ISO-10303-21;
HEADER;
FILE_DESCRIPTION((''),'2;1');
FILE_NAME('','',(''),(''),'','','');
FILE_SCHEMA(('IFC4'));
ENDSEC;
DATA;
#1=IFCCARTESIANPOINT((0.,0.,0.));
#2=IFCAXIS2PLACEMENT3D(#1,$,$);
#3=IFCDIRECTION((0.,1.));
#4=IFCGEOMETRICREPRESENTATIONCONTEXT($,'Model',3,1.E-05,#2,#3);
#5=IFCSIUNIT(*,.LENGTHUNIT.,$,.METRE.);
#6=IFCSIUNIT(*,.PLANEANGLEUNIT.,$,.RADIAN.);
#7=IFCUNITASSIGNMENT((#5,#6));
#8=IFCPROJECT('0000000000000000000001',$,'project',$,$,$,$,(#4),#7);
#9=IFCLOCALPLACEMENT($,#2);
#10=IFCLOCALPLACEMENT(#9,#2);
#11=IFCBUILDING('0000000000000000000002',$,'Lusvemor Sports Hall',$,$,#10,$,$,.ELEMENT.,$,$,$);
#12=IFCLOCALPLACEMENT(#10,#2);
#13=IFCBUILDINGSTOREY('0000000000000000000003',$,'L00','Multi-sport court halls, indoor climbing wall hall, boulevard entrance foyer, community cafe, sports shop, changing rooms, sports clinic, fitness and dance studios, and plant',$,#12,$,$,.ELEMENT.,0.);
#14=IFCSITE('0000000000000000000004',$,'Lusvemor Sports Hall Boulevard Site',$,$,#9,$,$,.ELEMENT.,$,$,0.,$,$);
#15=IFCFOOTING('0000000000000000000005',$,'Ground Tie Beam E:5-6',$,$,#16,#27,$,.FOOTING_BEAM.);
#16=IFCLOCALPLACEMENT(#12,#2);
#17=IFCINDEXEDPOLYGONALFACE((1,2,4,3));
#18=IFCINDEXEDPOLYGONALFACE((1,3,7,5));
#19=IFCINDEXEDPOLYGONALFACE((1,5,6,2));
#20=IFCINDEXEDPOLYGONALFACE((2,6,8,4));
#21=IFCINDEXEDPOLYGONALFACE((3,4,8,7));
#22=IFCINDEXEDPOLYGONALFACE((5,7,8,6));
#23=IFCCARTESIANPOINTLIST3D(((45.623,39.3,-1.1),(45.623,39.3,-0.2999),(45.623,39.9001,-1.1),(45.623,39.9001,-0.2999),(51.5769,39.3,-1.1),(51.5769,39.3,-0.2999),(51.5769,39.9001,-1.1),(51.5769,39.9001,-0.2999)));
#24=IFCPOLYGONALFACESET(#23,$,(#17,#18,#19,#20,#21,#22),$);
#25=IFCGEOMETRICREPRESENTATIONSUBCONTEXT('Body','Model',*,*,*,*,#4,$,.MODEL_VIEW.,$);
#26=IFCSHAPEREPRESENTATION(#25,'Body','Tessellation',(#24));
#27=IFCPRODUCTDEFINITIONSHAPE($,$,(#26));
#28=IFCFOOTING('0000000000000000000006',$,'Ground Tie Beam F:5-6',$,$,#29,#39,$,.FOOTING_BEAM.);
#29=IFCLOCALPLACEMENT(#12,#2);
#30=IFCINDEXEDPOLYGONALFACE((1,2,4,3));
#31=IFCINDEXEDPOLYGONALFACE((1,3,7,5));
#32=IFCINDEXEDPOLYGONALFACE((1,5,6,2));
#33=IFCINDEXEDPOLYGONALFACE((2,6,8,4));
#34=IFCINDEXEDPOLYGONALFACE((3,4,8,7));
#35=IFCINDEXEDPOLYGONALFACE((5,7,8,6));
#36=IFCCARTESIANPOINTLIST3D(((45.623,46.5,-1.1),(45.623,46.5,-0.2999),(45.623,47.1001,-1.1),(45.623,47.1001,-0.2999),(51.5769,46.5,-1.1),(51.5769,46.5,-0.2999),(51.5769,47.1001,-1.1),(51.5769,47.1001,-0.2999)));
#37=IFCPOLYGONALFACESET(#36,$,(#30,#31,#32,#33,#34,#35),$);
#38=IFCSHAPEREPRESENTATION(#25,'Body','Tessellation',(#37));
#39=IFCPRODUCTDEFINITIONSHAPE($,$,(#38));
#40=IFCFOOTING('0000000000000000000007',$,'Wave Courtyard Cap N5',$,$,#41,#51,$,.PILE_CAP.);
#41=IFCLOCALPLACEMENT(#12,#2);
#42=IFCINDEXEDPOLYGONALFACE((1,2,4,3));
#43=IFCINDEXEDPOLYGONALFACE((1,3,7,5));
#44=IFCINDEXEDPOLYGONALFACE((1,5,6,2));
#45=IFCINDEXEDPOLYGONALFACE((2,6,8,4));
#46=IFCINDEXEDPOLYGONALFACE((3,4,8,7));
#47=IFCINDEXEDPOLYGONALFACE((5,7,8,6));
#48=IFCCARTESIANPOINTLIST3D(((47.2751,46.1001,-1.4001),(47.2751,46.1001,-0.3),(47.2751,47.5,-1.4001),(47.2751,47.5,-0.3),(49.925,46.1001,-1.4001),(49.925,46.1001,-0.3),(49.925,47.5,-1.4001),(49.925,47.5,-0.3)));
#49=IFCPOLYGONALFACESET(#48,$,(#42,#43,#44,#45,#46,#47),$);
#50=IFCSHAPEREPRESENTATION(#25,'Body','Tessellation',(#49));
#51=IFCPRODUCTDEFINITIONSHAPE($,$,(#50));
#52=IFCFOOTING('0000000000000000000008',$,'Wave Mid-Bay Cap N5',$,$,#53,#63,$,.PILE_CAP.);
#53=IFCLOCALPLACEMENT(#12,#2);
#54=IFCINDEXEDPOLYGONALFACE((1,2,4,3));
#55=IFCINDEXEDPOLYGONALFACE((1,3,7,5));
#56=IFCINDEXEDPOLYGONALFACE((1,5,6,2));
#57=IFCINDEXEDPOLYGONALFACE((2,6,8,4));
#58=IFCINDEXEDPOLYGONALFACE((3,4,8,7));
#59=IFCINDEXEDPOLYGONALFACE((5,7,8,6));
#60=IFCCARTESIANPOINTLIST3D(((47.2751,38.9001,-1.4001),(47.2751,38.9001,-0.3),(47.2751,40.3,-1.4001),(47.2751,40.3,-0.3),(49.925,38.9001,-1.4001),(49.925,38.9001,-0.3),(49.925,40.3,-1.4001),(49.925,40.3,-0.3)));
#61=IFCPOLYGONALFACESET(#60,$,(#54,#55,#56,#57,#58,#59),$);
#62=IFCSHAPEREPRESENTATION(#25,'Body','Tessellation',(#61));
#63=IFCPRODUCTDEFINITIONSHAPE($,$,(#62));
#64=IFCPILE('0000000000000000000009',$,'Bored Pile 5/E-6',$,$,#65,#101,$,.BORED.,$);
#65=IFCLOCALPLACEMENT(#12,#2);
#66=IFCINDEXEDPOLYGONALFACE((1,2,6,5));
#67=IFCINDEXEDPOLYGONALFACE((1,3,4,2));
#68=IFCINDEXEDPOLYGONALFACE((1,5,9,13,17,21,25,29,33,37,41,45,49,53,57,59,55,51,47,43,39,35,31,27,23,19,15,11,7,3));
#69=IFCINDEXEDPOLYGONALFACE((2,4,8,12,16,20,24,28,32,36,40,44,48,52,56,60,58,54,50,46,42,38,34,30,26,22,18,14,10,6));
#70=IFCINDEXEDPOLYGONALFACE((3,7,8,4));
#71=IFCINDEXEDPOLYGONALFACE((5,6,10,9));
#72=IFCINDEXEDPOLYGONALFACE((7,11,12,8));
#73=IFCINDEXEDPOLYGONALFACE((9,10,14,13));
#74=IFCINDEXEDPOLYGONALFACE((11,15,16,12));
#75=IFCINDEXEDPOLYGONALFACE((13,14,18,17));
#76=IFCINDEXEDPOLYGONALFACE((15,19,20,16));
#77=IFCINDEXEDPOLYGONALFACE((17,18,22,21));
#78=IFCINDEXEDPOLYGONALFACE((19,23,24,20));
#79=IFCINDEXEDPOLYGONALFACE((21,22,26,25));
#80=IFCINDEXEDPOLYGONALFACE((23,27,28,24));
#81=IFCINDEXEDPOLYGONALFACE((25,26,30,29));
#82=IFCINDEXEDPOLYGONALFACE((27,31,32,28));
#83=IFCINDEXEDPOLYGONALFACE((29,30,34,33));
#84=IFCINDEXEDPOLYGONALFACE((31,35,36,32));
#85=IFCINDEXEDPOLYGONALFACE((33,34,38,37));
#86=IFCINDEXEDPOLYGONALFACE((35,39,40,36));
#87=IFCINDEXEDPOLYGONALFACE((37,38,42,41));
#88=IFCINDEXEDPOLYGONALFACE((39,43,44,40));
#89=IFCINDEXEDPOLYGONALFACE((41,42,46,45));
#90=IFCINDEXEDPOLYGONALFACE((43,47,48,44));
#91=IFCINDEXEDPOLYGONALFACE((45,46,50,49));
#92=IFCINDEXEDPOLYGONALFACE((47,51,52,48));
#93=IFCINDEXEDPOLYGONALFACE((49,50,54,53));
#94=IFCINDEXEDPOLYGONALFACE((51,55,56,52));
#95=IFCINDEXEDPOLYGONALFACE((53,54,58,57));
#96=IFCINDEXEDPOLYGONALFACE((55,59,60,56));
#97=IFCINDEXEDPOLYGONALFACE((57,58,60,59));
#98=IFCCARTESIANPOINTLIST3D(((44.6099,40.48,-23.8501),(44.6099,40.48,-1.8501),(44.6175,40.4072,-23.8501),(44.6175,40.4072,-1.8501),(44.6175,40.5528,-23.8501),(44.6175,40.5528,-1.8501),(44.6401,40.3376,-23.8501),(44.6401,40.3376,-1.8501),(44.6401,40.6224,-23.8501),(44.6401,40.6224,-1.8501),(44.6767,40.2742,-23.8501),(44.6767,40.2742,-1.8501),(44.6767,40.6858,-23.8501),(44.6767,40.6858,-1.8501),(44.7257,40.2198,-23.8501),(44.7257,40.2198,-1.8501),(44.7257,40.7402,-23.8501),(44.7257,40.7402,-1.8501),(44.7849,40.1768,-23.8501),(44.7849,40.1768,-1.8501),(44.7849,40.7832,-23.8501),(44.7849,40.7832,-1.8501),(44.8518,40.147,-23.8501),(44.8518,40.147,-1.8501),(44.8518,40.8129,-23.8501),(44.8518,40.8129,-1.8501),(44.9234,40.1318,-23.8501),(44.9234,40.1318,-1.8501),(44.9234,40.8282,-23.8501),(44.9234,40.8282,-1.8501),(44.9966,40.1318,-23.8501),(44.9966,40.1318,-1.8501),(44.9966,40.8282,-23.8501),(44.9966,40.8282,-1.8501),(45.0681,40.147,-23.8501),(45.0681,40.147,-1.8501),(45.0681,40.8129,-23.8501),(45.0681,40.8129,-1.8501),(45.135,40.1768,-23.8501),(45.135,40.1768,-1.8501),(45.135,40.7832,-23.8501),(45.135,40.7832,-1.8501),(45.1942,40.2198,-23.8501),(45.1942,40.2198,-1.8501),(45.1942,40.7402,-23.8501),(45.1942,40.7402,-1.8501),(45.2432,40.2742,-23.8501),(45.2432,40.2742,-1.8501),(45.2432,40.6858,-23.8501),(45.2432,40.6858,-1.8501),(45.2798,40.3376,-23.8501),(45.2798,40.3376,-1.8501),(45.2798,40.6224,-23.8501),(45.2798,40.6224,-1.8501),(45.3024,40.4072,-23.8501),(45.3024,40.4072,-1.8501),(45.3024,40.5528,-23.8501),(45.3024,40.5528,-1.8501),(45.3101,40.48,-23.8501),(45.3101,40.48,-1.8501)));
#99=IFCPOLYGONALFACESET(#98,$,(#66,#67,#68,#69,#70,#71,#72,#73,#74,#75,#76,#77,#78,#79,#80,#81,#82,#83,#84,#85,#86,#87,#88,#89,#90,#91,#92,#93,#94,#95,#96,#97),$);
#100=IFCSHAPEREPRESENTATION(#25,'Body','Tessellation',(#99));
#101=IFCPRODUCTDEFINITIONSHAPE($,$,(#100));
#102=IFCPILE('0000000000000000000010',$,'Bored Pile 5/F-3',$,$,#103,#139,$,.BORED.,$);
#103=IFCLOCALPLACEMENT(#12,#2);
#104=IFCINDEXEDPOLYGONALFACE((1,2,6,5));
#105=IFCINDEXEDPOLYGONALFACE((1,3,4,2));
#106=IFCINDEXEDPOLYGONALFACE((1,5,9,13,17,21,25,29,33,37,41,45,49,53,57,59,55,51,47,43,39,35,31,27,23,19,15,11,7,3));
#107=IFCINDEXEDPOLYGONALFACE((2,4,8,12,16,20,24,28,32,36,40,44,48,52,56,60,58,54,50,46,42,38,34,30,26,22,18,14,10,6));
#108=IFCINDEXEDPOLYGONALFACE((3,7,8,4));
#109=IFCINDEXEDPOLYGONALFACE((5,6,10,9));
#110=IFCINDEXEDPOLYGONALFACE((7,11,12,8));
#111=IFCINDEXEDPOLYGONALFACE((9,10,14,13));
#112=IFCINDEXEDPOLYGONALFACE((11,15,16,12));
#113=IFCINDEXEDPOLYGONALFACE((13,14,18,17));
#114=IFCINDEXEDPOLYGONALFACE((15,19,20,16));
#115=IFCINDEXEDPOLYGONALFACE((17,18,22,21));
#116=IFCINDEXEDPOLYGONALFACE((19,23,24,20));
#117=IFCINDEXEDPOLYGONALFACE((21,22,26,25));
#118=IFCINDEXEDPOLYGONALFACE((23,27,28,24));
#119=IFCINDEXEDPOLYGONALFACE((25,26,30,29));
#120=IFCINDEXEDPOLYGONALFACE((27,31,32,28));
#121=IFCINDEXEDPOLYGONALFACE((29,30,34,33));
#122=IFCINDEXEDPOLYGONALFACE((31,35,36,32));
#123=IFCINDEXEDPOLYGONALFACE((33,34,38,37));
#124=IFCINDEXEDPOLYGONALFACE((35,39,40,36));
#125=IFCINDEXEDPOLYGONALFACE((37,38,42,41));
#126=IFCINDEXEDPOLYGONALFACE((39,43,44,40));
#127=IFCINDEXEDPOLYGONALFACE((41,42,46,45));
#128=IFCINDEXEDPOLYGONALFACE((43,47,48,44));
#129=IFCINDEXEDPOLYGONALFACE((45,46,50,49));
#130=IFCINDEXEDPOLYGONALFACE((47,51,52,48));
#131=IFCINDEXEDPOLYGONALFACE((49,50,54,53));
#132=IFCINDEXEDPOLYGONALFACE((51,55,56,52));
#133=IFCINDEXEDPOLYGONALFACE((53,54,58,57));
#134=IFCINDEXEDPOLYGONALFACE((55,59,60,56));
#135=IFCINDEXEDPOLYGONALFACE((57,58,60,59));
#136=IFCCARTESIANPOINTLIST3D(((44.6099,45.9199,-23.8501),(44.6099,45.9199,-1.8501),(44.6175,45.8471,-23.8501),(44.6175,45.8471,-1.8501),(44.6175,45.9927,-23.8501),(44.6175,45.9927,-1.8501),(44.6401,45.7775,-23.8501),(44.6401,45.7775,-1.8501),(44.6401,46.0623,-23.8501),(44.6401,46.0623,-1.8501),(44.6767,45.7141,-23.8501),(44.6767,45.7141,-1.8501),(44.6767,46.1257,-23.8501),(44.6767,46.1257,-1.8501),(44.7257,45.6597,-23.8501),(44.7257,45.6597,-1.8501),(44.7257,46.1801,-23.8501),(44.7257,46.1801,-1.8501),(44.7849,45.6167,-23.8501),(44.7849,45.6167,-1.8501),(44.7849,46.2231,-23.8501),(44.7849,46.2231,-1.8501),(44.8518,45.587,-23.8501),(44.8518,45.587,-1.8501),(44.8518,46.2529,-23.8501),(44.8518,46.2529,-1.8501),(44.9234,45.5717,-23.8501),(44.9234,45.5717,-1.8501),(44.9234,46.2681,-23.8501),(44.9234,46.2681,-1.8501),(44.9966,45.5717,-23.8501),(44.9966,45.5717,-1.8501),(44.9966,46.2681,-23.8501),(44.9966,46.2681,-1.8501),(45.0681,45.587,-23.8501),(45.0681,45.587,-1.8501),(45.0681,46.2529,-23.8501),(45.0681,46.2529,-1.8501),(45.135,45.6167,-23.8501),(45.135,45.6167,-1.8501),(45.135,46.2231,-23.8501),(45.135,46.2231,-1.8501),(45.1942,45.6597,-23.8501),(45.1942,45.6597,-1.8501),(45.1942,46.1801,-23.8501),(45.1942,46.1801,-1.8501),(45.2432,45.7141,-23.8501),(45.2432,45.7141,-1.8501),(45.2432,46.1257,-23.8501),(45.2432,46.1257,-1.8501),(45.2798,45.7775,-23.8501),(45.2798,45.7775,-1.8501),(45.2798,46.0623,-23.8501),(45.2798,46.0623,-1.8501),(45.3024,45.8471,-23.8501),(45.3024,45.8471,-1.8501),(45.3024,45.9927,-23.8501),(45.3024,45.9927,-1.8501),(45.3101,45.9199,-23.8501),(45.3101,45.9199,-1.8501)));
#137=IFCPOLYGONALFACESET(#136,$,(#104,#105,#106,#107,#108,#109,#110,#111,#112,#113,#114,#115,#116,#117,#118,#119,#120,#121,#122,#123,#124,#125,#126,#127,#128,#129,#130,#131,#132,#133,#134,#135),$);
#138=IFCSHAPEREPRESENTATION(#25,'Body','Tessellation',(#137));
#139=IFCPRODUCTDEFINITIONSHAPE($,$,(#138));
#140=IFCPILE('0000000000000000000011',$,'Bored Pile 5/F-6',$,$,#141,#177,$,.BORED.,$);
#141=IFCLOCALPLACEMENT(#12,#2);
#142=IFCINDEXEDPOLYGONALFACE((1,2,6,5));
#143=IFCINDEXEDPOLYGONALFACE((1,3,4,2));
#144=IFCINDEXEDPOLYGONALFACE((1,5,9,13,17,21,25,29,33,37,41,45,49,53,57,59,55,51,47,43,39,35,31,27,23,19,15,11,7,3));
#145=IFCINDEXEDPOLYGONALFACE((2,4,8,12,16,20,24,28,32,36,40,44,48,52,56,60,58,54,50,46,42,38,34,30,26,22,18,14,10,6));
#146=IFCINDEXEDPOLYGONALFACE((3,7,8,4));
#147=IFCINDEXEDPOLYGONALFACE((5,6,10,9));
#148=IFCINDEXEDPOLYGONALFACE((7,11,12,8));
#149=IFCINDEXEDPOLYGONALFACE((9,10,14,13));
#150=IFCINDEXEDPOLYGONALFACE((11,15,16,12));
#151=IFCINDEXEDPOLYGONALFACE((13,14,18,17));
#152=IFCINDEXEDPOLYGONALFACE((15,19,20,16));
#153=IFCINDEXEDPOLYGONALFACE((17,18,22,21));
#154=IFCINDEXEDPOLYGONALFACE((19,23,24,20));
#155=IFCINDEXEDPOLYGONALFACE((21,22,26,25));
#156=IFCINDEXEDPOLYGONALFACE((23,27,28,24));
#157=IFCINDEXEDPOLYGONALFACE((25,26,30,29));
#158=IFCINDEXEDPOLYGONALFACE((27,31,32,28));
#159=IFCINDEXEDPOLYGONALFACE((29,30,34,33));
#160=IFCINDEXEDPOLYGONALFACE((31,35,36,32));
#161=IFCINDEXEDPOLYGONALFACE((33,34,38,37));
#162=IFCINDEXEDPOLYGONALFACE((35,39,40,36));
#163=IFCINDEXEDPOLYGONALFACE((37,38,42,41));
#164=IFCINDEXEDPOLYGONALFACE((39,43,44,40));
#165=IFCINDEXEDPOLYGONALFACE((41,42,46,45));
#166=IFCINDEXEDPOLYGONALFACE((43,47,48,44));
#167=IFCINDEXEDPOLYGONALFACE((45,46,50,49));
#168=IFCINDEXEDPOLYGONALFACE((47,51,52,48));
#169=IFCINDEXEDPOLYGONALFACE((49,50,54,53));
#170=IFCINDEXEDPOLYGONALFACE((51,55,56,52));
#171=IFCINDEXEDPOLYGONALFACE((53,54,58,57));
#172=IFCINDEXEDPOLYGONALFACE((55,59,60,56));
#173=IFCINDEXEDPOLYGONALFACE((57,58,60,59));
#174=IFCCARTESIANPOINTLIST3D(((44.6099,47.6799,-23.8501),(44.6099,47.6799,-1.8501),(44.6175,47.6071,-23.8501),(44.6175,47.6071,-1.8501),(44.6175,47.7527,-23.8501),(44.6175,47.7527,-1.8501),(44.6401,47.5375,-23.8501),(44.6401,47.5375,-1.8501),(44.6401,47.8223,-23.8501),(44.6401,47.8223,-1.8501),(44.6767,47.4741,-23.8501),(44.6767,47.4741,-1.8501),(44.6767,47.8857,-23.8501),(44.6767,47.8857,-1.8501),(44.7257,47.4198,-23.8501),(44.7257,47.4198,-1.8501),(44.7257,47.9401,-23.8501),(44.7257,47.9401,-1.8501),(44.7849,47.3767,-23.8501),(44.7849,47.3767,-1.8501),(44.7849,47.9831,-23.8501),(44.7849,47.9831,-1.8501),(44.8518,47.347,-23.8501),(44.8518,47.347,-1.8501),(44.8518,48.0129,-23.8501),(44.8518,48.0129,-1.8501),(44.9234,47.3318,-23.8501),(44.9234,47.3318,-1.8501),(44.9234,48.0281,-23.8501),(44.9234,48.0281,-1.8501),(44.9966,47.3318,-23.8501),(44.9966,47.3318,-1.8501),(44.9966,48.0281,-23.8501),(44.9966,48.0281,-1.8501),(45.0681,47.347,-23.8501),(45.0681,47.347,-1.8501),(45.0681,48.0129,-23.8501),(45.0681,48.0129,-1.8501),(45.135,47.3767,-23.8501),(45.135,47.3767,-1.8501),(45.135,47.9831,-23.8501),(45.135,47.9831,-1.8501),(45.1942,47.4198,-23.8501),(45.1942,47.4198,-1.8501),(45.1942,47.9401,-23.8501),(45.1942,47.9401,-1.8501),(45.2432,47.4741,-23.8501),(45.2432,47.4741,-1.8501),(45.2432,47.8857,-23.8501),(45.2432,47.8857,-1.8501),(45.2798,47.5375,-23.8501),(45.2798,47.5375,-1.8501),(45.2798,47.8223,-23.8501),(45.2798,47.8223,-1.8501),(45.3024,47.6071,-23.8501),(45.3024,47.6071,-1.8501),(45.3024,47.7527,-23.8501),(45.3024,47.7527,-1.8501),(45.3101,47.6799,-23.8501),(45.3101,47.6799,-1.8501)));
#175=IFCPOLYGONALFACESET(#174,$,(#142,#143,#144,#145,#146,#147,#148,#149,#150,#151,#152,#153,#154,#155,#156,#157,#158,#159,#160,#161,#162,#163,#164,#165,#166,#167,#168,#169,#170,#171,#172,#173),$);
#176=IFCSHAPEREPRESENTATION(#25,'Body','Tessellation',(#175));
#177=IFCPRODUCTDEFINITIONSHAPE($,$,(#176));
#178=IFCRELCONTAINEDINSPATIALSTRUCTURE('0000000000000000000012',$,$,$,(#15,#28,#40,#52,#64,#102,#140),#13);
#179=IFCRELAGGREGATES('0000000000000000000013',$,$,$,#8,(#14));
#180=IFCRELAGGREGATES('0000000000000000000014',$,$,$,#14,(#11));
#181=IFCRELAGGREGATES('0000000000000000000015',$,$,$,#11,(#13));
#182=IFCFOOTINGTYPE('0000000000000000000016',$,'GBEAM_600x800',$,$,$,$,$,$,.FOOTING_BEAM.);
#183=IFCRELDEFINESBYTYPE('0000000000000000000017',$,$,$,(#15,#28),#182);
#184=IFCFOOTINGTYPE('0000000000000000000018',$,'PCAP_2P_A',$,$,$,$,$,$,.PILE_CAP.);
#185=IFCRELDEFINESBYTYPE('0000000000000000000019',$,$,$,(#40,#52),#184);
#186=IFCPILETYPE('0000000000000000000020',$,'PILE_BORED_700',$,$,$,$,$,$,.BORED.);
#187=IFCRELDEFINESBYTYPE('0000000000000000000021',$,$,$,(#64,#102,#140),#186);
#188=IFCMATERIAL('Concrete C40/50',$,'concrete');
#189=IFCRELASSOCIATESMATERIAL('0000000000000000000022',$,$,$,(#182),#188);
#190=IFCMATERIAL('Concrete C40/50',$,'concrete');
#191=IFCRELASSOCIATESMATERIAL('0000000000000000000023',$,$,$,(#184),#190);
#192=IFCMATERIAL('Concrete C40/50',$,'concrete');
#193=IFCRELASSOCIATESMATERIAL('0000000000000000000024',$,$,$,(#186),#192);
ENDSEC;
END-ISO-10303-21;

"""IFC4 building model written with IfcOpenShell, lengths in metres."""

from ifc_helpers import new_model, si_unit, direction, frame, origin, origin_2d, place, context, subcontext, project, spatial, rectangle, circle, extrude, material, material_profile, profile_set, type_object, element, save


model = new_model("IFC4")

# Units and contexts
model_context = context("Model", 3, precision=1e-05, world=origin(), true_north=direction((0.0, 1.0)))
body_context = subcontext(model_context, "Body", "Model", "MODEL_VIEW")
ifc_project = project(units=[si_unit("LENGTHUNIT", "METRE"), si_unit("PLANEANGLEUNIT", "RADIAN")], contexts=[model_context])

# Site, building, storey
site_placement = place(None, origin())
site = spatial("IfcSite", under=ifc_project, at=site_placement, Name="Lusvemor Sports Hall Boulevard Site", CompositionType="ELEMENT", RefElevation=0.0)
building_placement = place(site_placement, origin())
building = spatial("IfcBuilding", under=site, at=building_placement, Name="Lusvemor Sports Hall", CompositionType="ELEMENT")
storey_placement = place(building_placement, origin())
storey = spatial("IfcBuildingStorey", under=building, at=storey_placement, Name="L00", Description="Multi-sport court halls, indoor climbing wall hall, boulevard entrance foyer, community cafe, sports shop, changing rooms, sports clinic, fitness and dance studios, and plant", CompositionType="ELEMENT", Elevation=0.0)

# Footings
ifc_material_1 = material(Name="Concrete C40/50", Category="concrete")
ifc_material_profile_1 = material_profile(ifc_material_1, rectangle(XDim=0.6001, YDim=0.8, at=origin_2d()), Name="GB_600x800")
ifc_profile_set_1 = profile_set([ifc_material_profile_1], Name="Concrete C40/50")
footing_type_1 = type_object("IfcFootingType", Name="GBEAM_600x800", PredefinedType="FOOTING_BEAM", material=ifc_profile_set_1)
for number, where, z_axis, x_axis, name in (
    (1, (45.623, 39.6001, -0.7), (1.0, 0.0, 0.0), (0.0, 1.0, 0.0), "Ground Tie Beam E:5-6"),
    (2, (45.623, 46.8, -0.7), (1.0, 0.0, 0.0), (0.0, 1.0, 0.0), "Ground Tie Beam F:5-6"),
):
    element("IfcFooting", number, at=place(storey_placement, frame(where, z_axis=z_axis, x_axis=x_axis)), inside=storey, type_object=footing_type_1, Name=name, PredefinedType="FOOTING_BEAM", context=body_context, shape_type="SweptSolid", body=[
        extrude(rectangle(XDim=0.6001, YDim=0.8, at=origin_2d()), origin(), (0.0, 0.0, 1.0), 5.9539),
    ])
ifc_material_2 = material(Name="Concrete C40/50", Category="concrete")
footing_type_2 = type_object("IfcFootingType", Name="PCAP_2P_A", PredefinedType="PILE_CAP", material=ifc_material_2)
for number, where, z_axis, x_axis, name in (
    (3, (48.6001, 46.8, -1.4001), (0.0, 0.0, 1.0), (1.0, 0.0, 0.0), "Wave Courtyard Cap N5"),
    (4, (48.6001, 39.6001, -1.4001), (0.0, 0.0, 1.0), (1.0, 0.0, 0.0), "Wave Mid-Bay Cap N5"),
):
    element("IfcFooting", number, at=place(storey_placement, frame(where, z_axis=z_axis, x_axis=x_axis)), inside=storey, type_object=footing_type_2, Name=name, PredefinedType="PILE_CAP", context=body_context, shape_type="SweptSolid", body=[
        extrude(rectangle(XDim=2.6499, YDim=1.3999, at=origin_2d()), origin(), (0.0, 0.0, 1.0), 1.1001),
    ])

# Piles
ifc_material_3 = material(Name="Concrete C40/50", Category="concrete")
ifc_material_profile_2 = material_profile(ifc_material_3, circle(Radius=0.3501, at=origin_2d()), Name="PILE700")
ifc_profile_set_2 = profile_set([ifc_material_profile_2], Name="Concrete C40/50")
pile_type = type_object("IfcPileType", Name="PILE_BORED_700", PredefinedType="BORED", material=ifc_profile_set_2)
for number, where, z_axis, x_axis, name in (
    (5, (44.96, 40.48, -1.8501), (0.0, 0.0, -1.0), (1.0, 0.0, 0.0), "Bored Pile 5/E-6"),
    (6, (44.96, 45.9199, -1.8501), (0.0, 0.0, -1.0), (1.0, 0.0, 0.0), "Bored Pile 5/F-3"),
    (7, (44.96, 47.6799, -1.8501), (0.0, 0.0, -1.0), (1.0, 0.0, 0.0), "Bored Pile 5/F-6"),
):
    element("IfcPile", number, at=place(storey_placement, frame(where, z_axis=z_axis, x_axis=x_axis)), inside=storey, type_object=pile_type, Name=name, PredefinedType="BORED", context=body_context, shape_type="SweptSolid", body=[
        extrude(circle(Radius=0.3501, at=origin_2d()), origin(), (0.0, 0.0, 1.0), 22.0),
    ])

save(model, "model.ifc")
